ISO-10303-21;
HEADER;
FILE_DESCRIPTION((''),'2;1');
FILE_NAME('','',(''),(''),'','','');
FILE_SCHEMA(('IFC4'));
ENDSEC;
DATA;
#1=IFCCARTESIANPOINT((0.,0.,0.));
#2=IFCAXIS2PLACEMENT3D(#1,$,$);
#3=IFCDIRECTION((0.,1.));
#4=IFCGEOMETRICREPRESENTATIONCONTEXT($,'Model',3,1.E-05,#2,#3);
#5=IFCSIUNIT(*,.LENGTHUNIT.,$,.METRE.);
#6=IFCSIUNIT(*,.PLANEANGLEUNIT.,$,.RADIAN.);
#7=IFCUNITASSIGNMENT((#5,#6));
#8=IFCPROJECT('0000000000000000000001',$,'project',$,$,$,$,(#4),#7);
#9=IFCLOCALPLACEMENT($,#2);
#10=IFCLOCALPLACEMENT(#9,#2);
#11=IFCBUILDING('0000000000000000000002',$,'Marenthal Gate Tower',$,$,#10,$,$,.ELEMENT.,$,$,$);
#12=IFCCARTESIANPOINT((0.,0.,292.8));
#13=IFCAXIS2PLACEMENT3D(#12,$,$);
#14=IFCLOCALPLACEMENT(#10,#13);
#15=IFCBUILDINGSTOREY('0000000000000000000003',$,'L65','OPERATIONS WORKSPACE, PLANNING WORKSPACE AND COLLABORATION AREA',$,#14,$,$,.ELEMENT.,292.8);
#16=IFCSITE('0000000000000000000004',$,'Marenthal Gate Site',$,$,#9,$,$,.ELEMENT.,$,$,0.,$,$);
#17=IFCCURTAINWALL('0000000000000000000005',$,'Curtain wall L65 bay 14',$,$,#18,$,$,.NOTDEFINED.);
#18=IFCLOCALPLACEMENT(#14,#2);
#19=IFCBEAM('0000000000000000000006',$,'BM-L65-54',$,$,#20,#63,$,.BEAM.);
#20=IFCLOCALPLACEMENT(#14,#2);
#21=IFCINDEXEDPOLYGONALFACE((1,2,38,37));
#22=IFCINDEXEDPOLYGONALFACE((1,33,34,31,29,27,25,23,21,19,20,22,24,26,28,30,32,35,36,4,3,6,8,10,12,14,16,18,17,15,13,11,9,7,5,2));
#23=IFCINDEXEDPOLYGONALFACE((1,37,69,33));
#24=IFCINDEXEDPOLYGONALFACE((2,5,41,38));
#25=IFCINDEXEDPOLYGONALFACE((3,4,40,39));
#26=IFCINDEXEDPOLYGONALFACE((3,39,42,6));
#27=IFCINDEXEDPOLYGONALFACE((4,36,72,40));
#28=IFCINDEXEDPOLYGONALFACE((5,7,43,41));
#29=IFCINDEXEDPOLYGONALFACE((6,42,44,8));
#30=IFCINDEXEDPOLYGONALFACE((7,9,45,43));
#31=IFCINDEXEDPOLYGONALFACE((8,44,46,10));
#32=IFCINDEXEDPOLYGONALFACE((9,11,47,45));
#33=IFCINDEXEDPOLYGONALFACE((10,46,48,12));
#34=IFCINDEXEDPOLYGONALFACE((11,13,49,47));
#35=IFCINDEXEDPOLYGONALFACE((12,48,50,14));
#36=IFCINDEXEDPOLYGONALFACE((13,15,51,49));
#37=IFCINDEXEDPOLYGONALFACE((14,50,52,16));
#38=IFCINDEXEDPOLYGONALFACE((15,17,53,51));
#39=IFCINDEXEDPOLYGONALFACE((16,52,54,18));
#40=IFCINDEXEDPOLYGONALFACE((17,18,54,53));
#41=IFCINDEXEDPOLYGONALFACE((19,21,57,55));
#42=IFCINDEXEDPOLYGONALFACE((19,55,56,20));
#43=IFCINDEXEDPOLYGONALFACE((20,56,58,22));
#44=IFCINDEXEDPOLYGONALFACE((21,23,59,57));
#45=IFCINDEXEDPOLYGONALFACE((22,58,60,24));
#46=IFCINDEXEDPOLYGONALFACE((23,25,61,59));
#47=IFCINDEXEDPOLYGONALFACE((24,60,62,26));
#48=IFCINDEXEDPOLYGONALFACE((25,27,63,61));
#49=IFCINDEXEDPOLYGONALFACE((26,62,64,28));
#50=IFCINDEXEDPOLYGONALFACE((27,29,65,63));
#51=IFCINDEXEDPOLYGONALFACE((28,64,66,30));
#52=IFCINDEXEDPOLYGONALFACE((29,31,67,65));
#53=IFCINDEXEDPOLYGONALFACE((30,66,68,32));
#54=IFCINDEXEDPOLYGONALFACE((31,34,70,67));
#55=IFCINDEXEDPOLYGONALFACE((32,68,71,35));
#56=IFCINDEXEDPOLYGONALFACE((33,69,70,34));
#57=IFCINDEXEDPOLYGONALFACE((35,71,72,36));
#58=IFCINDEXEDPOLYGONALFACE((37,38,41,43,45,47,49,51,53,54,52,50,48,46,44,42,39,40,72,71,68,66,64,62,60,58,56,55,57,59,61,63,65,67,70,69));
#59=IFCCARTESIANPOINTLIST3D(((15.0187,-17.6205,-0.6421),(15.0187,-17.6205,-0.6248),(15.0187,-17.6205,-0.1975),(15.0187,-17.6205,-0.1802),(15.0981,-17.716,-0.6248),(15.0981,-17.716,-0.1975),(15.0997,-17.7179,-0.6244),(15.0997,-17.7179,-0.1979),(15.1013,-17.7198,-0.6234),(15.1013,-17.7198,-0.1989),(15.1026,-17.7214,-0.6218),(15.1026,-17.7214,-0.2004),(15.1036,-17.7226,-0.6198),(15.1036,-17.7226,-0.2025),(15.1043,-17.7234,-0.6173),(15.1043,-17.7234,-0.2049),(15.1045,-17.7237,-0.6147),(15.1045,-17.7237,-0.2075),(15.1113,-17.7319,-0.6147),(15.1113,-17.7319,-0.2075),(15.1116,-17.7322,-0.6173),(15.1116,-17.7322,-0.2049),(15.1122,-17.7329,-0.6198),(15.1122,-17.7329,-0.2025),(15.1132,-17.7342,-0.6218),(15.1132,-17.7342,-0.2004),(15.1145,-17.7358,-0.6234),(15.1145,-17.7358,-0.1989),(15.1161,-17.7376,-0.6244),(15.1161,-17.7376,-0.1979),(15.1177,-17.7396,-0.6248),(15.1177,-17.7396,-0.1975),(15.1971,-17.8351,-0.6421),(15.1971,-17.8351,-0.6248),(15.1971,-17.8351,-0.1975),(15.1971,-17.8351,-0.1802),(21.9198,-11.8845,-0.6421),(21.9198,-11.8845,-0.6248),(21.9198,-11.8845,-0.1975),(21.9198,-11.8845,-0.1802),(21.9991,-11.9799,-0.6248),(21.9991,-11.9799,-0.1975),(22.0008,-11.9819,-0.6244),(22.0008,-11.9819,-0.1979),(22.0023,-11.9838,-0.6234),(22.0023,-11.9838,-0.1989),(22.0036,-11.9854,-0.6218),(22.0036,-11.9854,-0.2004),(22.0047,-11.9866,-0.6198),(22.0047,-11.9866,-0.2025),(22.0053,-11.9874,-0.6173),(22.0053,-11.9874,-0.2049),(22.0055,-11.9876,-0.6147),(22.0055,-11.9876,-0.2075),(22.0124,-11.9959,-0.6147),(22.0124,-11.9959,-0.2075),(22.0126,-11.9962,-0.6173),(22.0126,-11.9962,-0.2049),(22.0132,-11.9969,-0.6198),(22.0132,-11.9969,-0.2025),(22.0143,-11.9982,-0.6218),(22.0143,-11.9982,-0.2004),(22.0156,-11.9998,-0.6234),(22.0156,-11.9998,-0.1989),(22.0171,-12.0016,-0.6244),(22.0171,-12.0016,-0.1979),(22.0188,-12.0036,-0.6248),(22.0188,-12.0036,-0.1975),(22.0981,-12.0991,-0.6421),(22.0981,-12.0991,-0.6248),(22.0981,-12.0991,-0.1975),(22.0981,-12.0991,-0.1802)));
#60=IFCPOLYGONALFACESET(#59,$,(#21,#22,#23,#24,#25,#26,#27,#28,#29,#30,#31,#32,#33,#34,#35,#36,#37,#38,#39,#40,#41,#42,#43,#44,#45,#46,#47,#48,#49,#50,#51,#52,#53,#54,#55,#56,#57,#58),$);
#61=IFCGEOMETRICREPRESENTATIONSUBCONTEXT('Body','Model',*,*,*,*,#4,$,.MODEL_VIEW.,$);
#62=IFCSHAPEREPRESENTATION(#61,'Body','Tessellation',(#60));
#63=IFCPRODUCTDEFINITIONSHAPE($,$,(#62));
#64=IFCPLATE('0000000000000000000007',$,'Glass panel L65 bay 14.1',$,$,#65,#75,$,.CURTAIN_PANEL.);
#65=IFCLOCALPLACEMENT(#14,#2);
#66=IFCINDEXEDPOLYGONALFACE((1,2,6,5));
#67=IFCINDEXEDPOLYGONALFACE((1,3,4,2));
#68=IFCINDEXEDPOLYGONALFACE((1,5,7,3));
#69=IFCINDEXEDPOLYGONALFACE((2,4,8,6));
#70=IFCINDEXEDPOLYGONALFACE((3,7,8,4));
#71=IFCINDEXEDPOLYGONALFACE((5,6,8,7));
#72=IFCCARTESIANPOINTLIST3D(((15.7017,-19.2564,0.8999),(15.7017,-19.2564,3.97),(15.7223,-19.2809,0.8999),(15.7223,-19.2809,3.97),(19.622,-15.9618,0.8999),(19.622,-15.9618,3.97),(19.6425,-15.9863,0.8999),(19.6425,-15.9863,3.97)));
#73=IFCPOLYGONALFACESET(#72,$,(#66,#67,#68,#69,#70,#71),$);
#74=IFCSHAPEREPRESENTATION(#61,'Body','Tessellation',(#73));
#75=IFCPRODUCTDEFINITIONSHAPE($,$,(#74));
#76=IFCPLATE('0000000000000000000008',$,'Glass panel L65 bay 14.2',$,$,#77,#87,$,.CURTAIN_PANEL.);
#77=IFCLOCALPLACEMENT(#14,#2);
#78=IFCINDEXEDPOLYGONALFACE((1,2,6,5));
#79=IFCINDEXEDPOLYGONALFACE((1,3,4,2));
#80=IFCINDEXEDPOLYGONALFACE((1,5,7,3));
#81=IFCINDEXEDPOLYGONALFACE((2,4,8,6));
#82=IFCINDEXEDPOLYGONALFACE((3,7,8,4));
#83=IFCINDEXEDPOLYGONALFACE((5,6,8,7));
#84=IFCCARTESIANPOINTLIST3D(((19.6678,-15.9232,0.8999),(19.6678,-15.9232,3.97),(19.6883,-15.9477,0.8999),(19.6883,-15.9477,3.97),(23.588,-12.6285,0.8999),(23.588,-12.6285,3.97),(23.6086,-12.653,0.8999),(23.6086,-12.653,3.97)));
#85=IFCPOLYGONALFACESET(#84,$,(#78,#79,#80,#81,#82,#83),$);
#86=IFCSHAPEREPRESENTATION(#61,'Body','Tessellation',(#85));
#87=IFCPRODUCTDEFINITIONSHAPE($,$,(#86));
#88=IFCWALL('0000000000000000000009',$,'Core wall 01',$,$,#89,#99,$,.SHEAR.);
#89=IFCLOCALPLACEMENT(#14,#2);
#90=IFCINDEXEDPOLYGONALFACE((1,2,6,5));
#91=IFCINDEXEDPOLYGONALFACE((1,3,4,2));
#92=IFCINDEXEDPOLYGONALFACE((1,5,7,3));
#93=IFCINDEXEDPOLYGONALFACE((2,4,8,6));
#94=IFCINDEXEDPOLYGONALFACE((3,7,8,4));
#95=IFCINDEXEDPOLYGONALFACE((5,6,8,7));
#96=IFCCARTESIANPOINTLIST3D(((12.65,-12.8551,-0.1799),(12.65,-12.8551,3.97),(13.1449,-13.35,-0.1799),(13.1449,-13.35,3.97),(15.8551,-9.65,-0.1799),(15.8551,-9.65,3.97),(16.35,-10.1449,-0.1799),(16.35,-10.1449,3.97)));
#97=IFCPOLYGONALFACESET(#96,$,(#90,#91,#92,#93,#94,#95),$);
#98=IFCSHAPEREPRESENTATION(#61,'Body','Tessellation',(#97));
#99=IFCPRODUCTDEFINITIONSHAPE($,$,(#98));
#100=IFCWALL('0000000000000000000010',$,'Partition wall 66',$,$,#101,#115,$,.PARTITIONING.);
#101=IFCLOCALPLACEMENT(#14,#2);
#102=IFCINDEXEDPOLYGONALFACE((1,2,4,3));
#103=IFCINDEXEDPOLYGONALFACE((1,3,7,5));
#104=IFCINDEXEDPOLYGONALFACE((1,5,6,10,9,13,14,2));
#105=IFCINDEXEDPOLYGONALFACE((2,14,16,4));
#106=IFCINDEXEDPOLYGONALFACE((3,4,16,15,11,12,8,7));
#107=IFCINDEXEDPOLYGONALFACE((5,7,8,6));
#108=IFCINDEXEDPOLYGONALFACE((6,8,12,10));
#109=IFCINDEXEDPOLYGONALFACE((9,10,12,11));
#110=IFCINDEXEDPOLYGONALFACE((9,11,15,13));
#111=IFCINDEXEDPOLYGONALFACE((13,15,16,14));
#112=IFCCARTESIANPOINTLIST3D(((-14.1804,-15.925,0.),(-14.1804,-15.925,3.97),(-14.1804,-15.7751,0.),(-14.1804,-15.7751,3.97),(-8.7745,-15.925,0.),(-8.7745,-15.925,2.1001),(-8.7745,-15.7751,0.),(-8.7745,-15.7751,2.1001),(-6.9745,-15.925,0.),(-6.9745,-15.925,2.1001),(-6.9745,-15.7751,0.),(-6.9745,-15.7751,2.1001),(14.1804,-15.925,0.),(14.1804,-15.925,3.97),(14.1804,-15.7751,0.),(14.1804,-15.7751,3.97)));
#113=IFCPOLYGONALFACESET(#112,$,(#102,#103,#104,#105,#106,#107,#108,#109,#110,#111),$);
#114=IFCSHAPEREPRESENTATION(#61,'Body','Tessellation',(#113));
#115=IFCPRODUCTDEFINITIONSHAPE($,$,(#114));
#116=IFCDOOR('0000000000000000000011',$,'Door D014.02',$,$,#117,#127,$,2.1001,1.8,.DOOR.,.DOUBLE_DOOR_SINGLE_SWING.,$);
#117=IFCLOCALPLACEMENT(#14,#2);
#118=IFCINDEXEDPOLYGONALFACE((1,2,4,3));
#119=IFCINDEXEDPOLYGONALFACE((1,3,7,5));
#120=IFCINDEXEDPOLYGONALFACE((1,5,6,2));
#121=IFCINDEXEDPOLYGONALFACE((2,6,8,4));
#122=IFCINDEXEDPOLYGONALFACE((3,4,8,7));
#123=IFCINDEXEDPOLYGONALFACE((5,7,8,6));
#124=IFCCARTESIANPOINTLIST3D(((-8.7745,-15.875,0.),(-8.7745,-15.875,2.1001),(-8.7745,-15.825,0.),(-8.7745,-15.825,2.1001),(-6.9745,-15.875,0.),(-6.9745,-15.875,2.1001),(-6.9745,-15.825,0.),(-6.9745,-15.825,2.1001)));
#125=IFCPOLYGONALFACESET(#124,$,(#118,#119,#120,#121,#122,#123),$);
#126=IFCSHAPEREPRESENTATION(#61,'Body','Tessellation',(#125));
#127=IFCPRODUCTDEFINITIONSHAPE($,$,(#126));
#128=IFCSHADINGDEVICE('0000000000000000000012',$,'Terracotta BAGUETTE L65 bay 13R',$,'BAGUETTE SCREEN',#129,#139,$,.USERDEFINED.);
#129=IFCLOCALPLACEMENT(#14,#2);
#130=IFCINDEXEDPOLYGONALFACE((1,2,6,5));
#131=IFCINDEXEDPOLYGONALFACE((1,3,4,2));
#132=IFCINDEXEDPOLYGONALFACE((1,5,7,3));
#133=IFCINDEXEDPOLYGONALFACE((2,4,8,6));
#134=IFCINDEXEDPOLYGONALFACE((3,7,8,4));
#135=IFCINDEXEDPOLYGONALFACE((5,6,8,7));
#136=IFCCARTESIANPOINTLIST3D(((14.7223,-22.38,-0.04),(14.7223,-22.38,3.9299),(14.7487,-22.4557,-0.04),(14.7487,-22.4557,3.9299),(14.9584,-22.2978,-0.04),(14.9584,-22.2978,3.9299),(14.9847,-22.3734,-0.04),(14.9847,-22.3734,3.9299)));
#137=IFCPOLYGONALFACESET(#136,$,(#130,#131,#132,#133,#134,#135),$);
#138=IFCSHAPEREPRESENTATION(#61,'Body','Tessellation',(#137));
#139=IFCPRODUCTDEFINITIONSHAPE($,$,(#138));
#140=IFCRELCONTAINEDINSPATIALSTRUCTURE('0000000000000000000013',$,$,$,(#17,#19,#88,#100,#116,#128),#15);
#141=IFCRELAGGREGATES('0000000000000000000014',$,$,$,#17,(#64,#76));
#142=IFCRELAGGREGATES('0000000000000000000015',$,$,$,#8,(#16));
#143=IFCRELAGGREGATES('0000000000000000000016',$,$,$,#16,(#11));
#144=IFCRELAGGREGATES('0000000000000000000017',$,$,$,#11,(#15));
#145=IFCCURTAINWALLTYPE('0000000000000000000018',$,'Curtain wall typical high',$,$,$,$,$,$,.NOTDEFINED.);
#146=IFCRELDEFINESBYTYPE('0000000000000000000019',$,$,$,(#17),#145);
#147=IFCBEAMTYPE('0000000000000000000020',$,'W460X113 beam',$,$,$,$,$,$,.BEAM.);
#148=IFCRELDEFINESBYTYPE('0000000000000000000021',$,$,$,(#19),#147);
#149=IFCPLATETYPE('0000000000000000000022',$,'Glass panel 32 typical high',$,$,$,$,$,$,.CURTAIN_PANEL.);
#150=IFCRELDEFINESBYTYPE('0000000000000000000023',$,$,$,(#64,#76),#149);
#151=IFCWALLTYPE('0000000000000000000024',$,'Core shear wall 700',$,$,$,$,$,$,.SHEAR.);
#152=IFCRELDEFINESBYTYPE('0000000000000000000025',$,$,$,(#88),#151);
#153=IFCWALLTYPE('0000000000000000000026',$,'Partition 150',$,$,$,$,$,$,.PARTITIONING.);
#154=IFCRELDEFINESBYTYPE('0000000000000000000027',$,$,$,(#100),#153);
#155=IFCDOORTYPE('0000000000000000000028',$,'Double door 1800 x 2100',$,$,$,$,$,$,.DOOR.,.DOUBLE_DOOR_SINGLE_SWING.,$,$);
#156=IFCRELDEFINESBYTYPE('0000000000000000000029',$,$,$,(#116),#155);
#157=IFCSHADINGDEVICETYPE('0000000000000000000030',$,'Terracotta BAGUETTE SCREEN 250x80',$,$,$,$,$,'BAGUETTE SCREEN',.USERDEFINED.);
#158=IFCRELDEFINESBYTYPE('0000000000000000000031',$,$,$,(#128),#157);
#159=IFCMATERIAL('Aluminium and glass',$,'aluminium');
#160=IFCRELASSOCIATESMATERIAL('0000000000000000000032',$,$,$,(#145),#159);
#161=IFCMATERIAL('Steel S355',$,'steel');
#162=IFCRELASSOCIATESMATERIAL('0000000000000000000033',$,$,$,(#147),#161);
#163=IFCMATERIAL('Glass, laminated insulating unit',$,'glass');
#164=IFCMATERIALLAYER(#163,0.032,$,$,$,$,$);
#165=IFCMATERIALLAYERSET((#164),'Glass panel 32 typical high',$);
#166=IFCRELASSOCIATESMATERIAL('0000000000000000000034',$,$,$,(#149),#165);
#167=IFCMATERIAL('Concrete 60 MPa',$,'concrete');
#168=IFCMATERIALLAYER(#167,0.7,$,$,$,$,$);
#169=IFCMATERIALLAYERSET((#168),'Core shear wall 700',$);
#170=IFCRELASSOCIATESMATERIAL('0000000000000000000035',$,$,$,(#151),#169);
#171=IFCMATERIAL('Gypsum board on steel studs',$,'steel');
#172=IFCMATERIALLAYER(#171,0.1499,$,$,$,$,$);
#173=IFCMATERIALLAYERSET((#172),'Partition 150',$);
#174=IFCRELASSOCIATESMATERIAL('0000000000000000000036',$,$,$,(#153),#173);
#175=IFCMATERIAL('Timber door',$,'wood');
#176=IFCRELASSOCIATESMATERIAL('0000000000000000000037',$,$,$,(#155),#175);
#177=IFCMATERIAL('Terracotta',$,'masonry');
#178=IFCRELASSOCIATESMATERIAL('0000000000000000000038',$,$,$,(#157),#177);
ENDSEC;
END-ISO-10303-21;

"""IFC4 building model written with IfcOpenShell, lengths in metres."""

from ifc_helpers import new_model, si_unit, direction, frame, frame_2d, origin, origin_2d, place, context, subcontext, project, spatial, rectangle, i_section, extrude, material, layer, layer_set, material_profile, profile_set, type_object, element, fill, aggregate, save


model = new_model("IFC4")

# Units and contexts
model_context = context("Model", 3, precision=1e-05, world=origin(), true_north=direction((0.0, 1.0)))
body_context = subcontext(model_context, "Body", "Model", "MODEL_VIEW")
ifc_project = project(units=[si_unit("LENGTHUNIT", "METRE"), si_unit("PLANEANGLEUNIT", "RADIAN")], contexts=[model_context])

# Site, building, storey
site_placement = place(None, origin())
site = spatial("IfcSite", under=ifc_project, at=site_placement, Name="Marenthal Gate Site", CompositionType="ELEMENT", RefElevation=0.0)
building_placement = place(site_placement, origin())
building = spatial("IfcBuilding", under=site, at=building_placement, Name="Marenthal Gate Tower", CompositionType="ELEMENT")
storey_placement = place(building_placement, frame((0.0, 0.0, 292.8)))
storey = spatial("IfcBuildingStorey", under=building, at=storey_placement, Name="L65", Description="OPERATIONS WORKSPACE, PLANNING WORKSPACE AND COLLABORATION AREA", CompositionType="ELEMENT", Elevation=292.8)

# Curtain wall
ifc_material_1 = material(Name="Aluminium and glass", Category="aluminium")
curtain_wall_type = type_object("IfcCurtainWallType", Name="Curtain wall typical high", PredefinedType="NOTDEFINED", material=ifc_material_1)
curtain_wall_placement = place(storey_placement, origin())
curtain_wall = element("IfcCurtainWall", 1, at=curtain_wall_placement, inside=storey, type_object=curtain_wall_type, Name="Curtain wall L65 bay 14", PredefinedType="NOTDEFINED")

# Beam
ifc_material_2 = material(Name="Steel S355", Category="steel")
ifc_material_profile_1 = material_profile(ifc_material_2, i_section(OverallWidth=0.2791, OverallDepth=0.4619, WebThickness=0.0107, FlangeThickness=0.0173, FilletRadius=0.01, at=origin_2d()), Name="W460X113")
ifc_profile_set_1 = profile_set([ifc_material_profile_1], Name="Steel S355")
beam_type_1 = type_object("IfcBeamType", Name="W460X113 beam", PredefinedType="BEAM", material=ifc_profile_set_1)
beam_1_placement = place(storey_placement, frame((15.1079, -17.7278, -0.4111), z_axis=(0.769035, 0.639207, 0.0), x_axis=(-0.639207, 0.769035, 0.0)))
element("IfcBeam", 2, at=beam_1_placement, inside=storey, type_object=beam_type_1, Name="BM-L65-54", PredefinedType="BEAM", context=body_context, shape_type="SweptSolid", body=[
    extrude(i_section(OverallWidth=0.2791, OverallDepth=0.4619, WebThickness=0.0107, FlangeThickness=0.0173, FilletRadius=0.01, at=origin_2d()), origin(), (0.0, 0.0, 1.0), 8.9736),
])

# Plates
ifc_material_3 = material(Name="Glass, laminated insulating unit", Category="glass")
ifc_layer_1 = layer(ifc_material_3, 0.032)
ifc_layer_set_1 = layer_set([ifc_layer_1], Name="Glass panel 32 typical high")
plate_type = type_object("IfcPlateType", Name="Glass panel 32 typical high", PredefinedType="CURTAIN_PANEL", material=ifc_layer_set_1)
plate_1_placement = place(storey_placement, frame((17.6721, -17.6213, 0.8999), z_axis=(0.0, 0.0, 1.0), x_axis=(0.765547, 0.64338, 0.0)))
plate_1 = element("IfcPlate", 3, at=plate_1_placement, type_object=plate_type, Name="Glass panel L65 bay 14.1", PredefinedType="CURTAIN_PANEL", context=body_context, shape_type="SweptSolid", body=[
    extrude(rectangle(XDim=5.1208, YDim=0.032, at=origin_2d()), origin(), (0.0, 0.0, 1.0), 3.0701),
])
plate_2_placement = place(storey_placement, frame((21.6382, -14.2881, 0.8999), z_axis=(0.0, 0.0, 1.0), x_axis=(0.765547, 0.64338, 0.0)))
plate_2 = element("IfcPlate", 4, at=plate_2_placement, type_object=plate_type, Name="Glass panel L65 bay 14.2", PredefinedType="CURTAIN_PANEL", context=body_context, shape_type="SweptSolid", body=[
    extrude(rectangle(XDim=5.1208, YDim=0.032, at=origin_2d()), origin(), (0.0, 0.0, 1.0), 3.0701),
])
aggregate(curtain_wall, [plate_1, plate_2])

# Wall
ifc_material_4 = material(Name="Concrete 60 MPa", Category="concrete")
ifc_layer_2 = layer(ifc_material_4, 0.7)
ifc_layer_set_2 = layer_set([ifc_layer_2], Name="Core shear wall 700")
wall_type_1 = type_object("IfcWallType", Name="Core shear wall 700", PredefinedType="SHEAR", material=ifc_layer_set_2)
wall_1_placement = place(storey_placement, frame((12.8975, -13.1025, -0.1799), z_axis=(0.0, 0.0, 1.0), x_axis=(0.707107, 0.707107, 0.0)))
element("IfcWall", 5, at=wall_1_placement, inside=storey, type_object=wall_type_1, Name="Core wall 01", PredefinedType="SHEAR", context=body_context, shape_type="SweptSolid", body=[
    extrude(rectangle(XDim=4.5327, YDim=0.7, at=frame_2d((2.2664, 0.0))), origin(), (0.0, 0.0, 1.0), 4.1499),
])

# Wall, opening, door
ifc_material_5 = material(Name="Gypsum board on steel studs", Category="steel")
ifc_layer_3 = layer(ifc_material_5, 0.1499)
ifc_layer_set_3 = layer_set([ifc_layer_3], Name="Partition 150")
wall_type_2 = type_object("IfcWallType", Name="Partition 150", PredefinedType="PARTITIONING", material=ifc_layer_set_3)
wall_2_placement = place(storey_placement, frame((14.1804, -15.8501, 0.0), z_axis=(0.0, 0.0, 1.0), x_axis=(-1.0, 0.0, 0.0)))
wall_2 = element("IfcWall", 6, at=wall_2_placement, inside=storey, type_object=wall_type_2, Name="Partition wall 66", PredefinedType="PARTITIONING", context=body_context, shape_type="SweptSolid", body=[
    extrude(rectangle(XDim=28.3608, YDim=0.1499, at=frame_2d((14.1804, 0.0))), origin(), (0.0, 0.0, 1.0), 3.97),
])
opening_1_placement = place(wall_2_placement, frame((21.155, 0.0, 0.0)))
opening_1 = element("IfcOpeningElement", 7, at=opening_1_placement, cuts=wall_2, PredefinedType="OPENING", context=body_context, shape_type="SweptSolid", body=[
    extrude(rectangle(XDim=1.8, YDim=2.1001, at=frame_2d((0.8999, 1.05))), frame((0.0, 0.085, 0.0), z_axis=(0.0, -1.0, 0.0), x_axis=(1.0, 0.0, 0.0)), (0.0, 0.0, 1.0), 0.1699),
])
ifc_material_6 = material(Name="Timber door", Category="wood")
door_type_1 = type_object("IfcDoorType", Name="Double door 1800 x 2100", OperationType="DOUBLE_DOOR_SINGLE_SWING", PredefinedType="DOOR", material=ifc_material_6)
door_1_placement = place(opening_1_placement, origin())
door_1 = element("IfcDoor", 8, at=door_1_placement, inside=storey, type_object=door_type_1, Name="Door D014.02", OperationType="DOUBLE_DOOR_SINGLE_SWING", OverallHeight=2.1001, OverallWidth=1.8, PredefinedType="DOOR", context=body_context, shape_type="SweptSolid", body=[
    extrude(rectangle(XDim=1.8, YDim=2.1001, at=frame_2d((0.8999, 1.05))), frame((0.0, 0.0249, 0.0), z_axis=(0.0, -1.0, 0.0), x_axis=(1.0, 0.0, 0.0)), (0.0, 0.0, 1.0), 0.05),
])
fill(opening_1, door_1)

# Shading device
ifc_material_7 = material(Name="Terracotta", Category="masonry")
ifc_material_profile_2 = material_profile(ifc_material_7, rectangle(XDim=0.25, YDim=0.0801, at=origin_2d()), Name="Terracotta baguette 250x80")
ifc_profile_set_2 = profile_set([ifc_material_profile_2], Name="Terracotta")
shading_device_type = type_object("IfcShadingDeviceType", Name="Terracotta BAGUETTE SCREEN 250x80", ElementType="BAGUETTE SCREEN", PredefinedType="USERDEFINED", material=ifc_profile_set_2)
shading_device_placement = place(storey_placement, frame((14.8535, -22.3767, -0.04), z_axis=(0.0, 0.0, 1.0), x_axis=(0.944305, 0.329072, 0.0)))
element("IfcShadingDevice", 9, at=shading_device_placement, inside=storey, type_object=shading_device_type, Name="Terracotta BAGUETTE L65 bay 13R", ObjectType="BAGUETTE SCREEN", PredefinedType="USERDEFINED", context=body_context, shape_type="SweptSolid", body=[
    extrude(rectangle(XDim=0.25, YDim=0.0801, at=origin_2d()), origin(), (0.0, 0.0, 1.0), 3.97),
])

save(model, "model.ifc")
